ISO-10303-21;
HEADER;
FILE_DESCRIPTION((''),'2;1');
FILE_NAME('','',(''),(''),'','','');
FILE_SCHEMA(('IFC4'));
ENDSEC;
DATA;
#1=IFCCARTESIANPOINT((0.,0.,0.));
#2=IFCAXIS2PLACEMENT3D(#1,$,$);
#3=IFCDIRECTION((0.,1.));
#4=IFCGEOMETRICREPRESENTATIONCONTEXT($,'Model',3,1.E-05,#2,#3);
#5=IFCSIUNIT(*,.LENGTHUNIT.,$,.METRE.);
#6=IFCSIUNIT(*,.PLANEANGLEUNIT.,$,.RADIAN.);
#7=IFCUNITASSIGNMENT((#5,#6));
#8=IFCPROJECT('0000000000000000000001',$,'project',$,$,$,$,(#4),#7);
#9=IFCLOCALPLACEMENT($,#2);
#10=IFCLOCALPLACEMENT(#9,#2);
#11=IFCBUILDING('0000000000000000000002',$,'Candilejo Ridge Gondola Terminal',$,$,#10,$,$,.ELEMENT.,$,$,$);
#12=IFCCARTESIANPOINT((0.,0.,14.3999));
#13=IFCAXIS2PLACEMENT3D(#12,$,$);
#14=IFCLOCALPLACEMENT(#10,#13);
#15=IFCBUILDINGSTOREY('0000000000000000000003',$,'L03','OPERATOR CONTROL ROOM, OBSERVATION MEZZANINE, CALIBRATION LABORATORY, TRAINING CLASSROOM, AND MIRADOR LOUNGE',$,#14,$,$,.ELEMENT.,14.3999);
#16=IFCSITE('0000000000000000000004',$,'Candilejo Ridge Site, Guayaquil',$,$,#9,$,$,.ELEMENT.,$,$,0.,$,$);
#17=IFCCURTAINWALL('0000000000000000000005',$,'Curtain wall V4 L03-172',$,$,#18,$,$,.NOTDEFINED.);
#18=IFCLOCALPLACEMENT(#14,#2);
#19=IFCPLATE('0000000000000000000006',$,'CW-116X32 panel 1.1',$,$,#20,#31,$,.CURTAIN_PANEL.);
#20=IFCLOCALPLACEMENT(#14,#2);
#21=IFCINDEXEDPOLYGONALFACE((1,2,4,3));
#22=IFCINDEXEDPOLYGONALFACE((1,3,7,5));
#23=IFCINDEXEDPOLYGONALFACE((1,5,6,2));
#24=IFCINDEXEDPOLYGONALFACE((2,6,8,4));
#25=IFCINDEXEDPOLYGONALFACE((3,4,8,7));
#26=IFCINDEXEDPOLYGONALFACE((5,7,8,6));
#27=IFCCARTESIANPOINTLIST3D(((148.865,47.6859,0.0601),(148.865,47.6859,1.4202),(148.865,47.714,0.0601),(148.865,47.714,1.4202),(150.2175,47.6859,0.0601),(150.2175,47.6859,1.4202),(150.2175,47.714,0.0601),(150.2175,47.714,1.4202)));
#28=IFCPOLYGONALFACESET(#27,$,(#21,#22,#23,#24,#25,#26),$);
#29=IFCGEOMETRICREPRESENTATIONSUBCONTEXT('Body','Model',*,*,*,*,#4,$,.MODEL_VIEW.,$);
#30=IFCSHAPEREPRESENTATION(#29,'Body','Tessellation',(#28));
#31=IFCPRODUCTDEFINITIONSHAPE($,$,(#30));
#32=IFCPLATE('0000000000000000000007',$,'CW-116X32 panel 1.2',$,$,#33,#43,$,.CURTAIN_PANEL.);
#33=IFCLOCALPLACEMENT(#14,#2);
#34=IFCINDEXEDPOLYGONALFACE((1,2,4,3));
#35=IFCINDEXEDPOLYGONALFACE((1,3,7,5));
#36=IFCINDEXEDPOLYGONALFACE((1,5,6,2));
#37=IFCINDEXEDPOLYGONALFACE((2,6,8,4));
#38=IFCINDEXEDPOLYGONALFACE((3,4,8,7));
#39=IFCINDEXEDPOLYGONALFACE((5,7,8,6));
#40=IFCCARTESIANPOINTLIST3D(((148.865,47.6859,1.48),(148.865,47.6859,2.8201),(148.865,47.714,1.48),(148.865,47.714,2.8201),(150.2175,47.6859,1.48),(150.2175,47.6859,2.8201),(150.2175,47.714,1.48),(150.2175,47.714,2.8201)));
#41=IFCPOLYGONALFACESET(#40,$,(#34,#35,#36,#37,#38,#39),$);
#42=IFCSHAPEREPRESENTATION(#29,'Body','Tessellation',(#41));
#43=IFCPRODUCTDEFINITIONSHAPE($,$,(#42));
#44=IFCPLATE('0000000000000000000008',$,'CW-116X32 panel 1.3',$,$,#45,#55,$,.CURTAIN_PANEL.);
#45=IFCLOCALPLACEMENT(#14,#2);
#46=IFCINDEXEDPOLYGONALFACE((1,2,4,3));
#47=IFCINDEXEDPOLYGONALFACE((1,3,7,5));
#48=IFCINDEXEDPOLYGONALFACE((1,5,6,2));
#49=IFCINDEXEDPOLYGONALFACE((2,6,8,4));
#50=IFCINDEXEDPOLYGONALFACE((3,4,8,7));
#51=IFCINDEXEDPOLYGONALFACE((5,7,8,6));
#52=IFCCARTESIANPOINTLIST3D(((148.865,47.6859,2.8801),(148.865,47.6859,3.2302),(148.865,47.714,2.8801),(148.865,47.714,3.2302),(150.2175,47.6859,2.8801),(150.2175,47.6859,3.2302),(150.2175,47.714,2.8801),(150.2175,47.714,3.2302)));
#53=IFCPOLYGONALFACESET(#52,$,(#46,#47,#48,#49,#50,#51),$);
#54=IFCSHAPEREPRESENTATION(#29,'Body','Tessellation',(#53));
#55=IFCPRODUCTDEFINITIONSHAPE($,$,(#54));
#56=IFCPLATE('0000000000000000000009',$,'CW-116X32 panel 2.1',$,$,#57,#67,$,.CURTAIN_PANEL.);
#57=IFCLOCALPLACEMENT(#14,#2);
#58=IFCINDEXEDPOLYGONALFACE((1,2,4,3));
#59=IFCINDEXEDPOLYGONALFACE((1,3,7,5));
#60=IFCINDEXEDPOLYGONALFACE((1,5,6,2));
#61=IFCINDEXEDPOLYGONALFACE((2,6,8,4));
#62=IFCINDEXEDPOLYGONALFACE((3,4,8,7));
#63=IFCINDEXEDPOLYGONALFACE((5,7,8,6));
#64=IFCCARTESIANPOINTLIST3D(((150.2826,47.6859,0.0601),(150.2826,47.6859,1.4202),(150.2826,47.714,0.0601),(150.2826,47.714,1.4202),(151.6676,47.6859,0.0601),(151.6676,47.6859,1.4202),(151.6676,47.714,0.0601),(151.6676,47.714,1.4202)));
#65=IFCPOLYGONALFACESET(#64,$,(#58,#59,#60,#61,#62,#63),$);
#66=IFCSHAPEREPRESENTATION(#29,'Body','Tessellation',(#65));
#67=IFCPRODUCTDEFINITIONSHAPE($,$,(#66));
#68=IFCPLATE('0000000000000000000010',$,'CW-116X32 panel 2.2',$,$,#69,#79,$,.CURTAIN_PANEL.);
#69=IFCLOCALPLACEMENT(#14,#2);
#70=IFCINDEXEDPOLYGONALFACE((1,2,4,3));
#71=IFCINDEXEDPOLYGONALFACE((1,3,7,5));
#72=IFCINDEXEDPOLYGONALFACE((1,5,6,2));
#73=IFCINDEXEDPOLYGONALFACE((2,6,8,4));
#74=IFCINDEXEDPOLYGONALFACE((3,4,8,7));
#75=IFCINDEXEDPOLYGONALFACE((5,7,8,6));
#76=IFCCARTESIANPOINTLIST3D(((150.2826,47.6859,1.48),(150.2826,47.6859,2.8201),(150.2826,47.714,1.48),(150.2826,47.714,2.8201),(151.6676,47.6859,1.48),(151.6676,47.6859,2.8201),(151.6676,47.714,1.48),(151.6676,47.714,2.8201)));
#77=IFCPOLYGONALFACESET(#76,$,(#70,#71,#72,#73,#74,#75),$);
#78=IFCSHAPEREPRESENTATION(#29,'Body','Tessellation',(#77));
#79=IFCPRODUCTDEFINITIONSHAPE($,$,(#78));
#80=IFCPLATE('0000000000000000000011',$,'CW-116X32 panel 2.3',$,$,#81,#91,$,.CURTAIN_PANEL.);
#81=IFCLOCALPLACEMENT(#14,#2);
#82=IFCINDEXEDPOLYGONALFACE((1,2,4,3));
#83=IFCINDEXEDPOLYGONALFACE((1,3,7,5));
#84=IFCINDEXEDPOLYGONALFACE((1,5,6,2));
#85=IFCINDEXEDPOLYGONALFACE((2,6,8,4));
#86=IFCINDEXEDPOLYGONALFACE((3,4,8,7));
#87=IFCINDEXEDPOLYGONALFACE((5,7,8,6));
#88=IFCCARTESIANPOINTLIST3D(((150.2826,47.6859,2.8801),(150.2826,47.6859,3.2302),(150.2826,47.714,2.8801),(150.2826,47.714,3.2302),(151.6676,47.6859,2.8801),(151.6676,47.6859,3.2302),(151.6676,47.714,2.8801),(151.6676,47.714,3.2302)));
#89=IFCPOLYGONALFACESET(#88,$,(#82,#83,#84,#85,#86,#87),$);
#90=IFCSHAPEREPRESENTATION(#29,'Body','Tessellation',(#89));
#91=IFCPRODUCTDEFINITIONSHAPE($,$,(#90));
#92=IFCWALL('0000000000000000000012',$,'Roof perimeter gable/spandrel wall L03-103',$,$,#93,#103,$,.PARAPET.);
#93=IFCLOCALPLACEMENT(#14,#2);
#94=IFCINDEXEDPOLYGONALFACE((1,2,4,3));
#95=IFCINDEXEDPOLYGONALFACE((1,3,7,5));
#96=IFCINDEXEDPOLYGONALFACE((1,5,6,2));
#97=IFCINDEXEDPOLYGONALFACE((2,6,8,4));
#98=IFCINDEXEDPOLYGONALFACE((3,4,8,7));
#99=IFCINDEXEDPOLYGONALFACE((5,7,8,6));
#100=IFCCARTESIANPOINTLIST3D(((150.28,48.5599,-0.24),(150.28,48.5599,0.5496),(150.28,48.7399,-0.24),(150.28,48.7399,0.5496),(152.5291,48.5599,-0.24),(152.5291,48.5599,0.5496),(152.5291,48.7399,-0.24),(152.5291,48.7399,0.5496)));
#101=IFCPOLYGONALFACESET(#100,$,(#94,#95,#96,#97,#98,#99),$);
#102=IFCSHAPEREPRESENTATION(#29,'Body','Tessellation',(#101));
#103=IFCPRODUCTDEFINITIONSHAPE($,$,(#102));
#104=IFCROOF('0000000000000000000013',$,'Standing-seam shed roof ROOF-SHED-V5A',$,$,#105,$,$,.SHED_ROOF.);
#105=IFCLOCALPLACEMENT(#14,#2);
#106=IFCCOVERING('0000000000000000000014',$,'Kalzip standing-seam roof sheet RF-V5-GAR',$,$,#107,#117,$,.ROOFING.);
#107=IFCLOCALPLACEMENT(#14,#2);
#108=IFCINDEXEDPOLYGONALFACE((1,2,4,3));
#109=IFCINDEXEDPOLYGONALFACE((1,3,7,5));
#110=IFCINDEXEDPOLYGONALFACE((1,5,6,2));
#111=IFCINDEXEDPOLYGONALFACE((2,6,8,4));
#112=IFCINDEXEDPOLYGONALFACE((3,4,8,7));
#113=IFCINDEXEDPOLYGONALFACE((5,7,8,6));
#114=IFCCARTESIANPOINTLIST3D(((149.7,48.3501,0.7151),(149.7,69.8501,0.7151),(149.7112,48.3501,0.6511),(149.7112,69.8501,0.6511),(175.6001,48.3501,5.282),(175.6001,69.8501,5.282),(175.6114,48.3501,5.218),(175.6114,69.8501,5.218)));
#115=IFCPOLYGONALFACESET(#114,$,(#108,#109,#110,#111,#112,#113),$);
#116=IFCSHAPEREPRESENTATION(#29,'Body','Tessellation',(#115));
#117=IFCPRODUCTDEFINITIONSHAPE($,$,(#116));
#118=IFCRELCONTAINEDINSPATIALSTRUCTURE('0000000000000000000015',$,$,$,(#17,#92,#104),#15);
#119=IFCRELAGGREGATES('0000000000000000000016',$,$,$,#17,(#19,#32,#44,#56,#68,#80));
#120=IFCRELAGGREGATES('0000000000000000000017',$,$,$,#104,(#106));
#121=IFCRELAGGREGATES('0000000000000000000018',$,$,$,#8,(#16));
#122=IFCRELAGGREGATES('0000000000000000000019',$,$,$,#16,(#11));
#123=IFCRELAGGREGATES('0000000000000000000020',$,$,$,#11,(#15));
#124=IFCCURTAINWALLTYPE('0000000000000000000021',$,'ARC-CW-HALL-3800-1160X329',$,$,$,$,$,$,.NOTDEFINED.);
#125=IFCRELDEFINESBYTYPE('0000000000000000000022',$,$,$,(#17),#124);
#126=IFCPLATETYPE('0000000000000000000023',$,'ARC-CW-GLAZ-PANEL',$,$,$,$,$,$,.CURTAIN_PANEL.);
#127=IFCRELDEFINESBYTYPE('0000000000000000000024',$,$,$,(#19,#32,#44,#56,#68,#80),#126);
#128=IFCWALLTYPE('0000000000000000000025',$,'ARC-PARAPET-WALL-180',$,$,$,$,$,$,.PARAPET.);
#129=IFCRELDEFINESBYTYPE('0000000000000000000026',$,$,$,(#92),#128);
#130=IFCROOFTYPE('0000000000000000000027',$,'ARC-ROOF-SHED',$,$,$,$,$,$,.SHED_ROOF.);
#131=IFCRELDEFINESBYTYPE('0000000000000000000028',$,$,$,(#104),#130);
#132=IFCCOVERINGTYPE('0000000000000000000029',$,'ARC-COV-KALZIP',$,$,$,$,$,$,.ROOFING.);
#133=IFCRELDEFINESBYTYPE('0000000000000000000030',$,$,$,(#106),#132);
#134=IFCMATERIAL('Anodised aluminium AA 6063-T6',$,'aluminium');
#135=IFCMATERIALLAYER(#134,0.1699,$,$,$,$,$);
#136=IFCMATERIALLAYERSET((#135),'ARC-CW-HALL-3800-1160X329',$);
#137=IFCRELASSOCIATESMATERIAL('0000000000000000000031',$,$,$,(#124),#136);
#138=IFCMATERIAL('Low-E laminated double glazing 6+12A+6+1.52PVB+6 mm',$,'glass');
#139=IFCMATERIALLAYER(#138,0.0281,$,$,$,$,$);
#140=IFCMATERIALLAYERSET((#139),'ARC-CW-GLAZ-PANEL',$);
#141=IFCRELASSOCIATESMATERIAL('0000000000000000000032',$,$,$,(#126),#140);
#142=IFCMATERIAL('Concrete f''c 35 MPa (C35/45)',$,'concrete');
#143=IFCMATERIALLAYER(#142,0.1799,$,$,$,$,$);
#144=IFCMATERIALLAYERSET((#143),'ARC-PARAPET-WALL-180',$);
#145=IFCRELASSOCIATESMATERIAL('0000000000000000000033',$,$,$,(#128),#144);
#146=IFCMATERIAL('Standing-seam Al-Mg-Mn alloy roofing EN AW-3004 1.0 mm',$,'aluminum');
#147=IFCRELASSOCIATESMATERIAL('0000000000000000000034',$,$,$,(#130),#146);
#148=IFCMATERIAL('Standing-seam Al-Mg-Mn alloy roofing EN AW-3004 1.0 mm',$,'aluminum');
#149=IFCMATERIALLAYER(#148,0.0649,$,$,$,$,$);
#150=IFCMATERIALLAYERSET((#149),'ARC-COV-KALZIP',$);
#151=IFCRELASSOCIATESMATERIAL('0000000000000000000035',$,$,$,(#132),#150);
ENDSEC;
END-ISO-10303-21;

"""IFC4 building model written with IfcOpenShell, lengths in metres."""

from ifc_helpers import new_model, si_unit, direction, frame, frame_2d, origin, origin_2d, place, context, subcontext, project, spatial, polyline, rectangle, outline, extrude, material, layer, layer_set, type_object, element, aggregate, save


model = new_model("IFC4")

# Units and contexts
model_context = context("Model", 3, precision=1e-05, world=origin(), true_north=direction((0.0, 1.0)))
body_context = subcontext(model_context, "Body", "Model", "MODEL_VIEW")
ifc_project = project(units=[si_unit("LENGTHUNIT", "METRE"), si_unit("PLANEANGLEUNIT", "RADIAN")], contexts=[model_context])

# Site, building, storey
site_placement = place(None, origin())
site = spatial("IfcSite", under=ifc_project, at=site_placement, Name="Candilejo Ridge Site, Guayaquil", CompositionType="ELEMENT", RefElevation=0.0)
building_placement = place(site_placement, origin())
building = spatial("IfcBuilding", under=site, at=building_placement, Name="Candilejo Ridge Gondola Terminal", CompositionType="ELEMENT")
storey_placement = place(building_placement, frame((0.0, 0.0, 14.3999)))
storey = spatial("IfcBuildingStorey", under=building, at=storey_placement, Name="L03", Description="OPERATOR CONTROL ROOM, OBSERVATION MEZZANINE, CALIBRATION LABORATORY, TRAINING CLASSROOM, AND MIRADOR LOUNGE", CompositionType="ELEMENT", Elevation=14.3999)

# Curtain wall
ifc_material_1 = material(Name="Anodised aluminium AA 6063-T6", Category="aluminium")
ifc_layer_1 = layer(ifc_material_1, 0.1699)
ifc_layer_set_1 = layer_set([ifc_layer_1], Name="ARC-CW-HALL-3800-1160X329")
curtain_wall_type = type_object("IfcCurtainWallType", Name="ARC-CW-HALL-3800-1160X329", PredefinedType="NOTDEFINED", material=ifc_layer_set_1)
curtain_wall_placement = place(storey_placement, origin())
curtain_wall = element("IfcCurtainWall", 1, at=curtain_wall_placement, inside=storey, type_object=curtain_wall_type, Name="Curtain wall V4 L03-172", PredefinedType="NOTDEFINED")

# Plates
ifc_material_2 = material(Name="Low-E laminated double glazing 6+12A+6+1.52PVB+6 mm", Category="glass")
ifc_layer_2 = layer(ifc_material_2, 0.0281)
ifc_layer_set_2 = layer_set([ifc_layer_2], Name="ARC-CW-GLAZ-PANEL")
plate_type = type_object("IfcPlateType", Name="ARC-CW-GLAZ-PANEL", PredefinedType="CURTAIN_PANEL", material=ifc_layer_set_2)
plate_1_placement = place(storey_placement, frame((149.5413, 47.7, 0.0601), z_axis=(0.0, 0.0, 1.0), x_axis=(1.0, 0.0, 0.0)))
plate_1 = element("IfcPlate", 2, at=plate_1_placement, type_object=plate_type, Name="CW-116X32 panel 1.1", PredefinedType="CURTAIN_PANEL", context=body_context, shape_type="SweptSolid", body=[
    extrude(rectangle(XDim=1.3525, YDim=0.0281, at=origin_2d()), origin(), (0.0, 0.0, 1.0), 1.3601),
])
plate_2_placement = place(storey_placement, frame((149.5413, 47.7, 1.48), z_axis=(0.0, 0.0, 1.0), x_axis=(1.0, 0.0, 0.0)))
plate_2 = element("IfcPlate", 3, at=plate_2_placement, type_object=plate_type, Name="CW-116X32 panel 1.2", PredefinedType="CURTAIN_PANEL", context=body_context, shape_type="SweptSolid", body=[
    extrude(rectangle(XDim=1.3525, YDim=0.0281, at=origin_2d()), origin(), (0.0, 0.0, 1.0), 1.3401),
])
plate_3_placement = place(storey_placement, frame((149.5413, 47.7, 2.8801), z_axis=(0.0, 0.0, 1.0), x_axis=(1.0, 0.0, 0.0)))
plate_3 = element("IfcPlate", 4, at=plate_3_placement, type_object=plate_type, Name="CW-116X32 panel 1.3", PredefinedType="CURTAIN_PANEL", context=body_context, shape_type="SweptSolid", body=[
    extrude(rectangle(XDim=1.3525, YDim=0.0281, at=origin_2d()), origin(), (0.0, 0.0, 1.0), 0.3501),
])
plate_4_placement = place(storey_placement, frame((150.9751, 47.7, 0.0601), z_axis=(0.0, 0.0, 1.0), x_axis=(1.0, 0.0, 0.0)))
plate_4 = element("IfcPlate", 5, at=plate_4_placement, type_object=plate_type, Name="CW-116X32 panel 2.1", PredefinedType="CURTAIN_PANEL", context=body_context, shape_type="SweptSolid", body=[
    extrude(rectangle(XDim=1.385, YDim=0.0281, at=origin_2d()), origin(), (0.0, 0.0, 1.0), 1.3601),
])
plate_5_placement = place(storey_placement, frame((150.9751, 47.7, 1.48), z_axis=(0.0, 0.0, 1.0), x_axis=(1.0, 0.0, 0.0)))
plate_5 = element("IfcPlate", 6, at=plate_5_placement, type_object=plate_type, Name="CW-116X32 panel 2.2", PredefinedType="CURTAIN_PANEL", context=body_context, shape_type="SweptSolid", body=[
    extrude(rectangle(XDim=1.385, YDim=0.0281, at=origin_2d()), origin(), (0.0, 0.0, 1.0), 1.3401),
])
plate_6_placement = place(storey_placement, frame((150.9751, 47.7, 2.8801), z_axis=(0.0, 0.0, 1.0), x_axis=(1.0, 0.0, 0.0)))
plate_6 = element("IfcPlate", 7, at=plate_6_placement, type_object=plate_type, Name="CW-116X32 panel 2.3", PredefinedType="CURTAIN_PANEL", context=body_context, shape_type="SweptSolid", body=[
    extrude(rectangle(XDim=1.385, YDim=0.0281, at=origin_2d()), origin(), (0.0, 0.0, 1.0), 0.3501),
])
aggregate(curtain_wall, [plate_1, plate_2, plate_3, plate_4, plate_5, plate_6])

# Wall
ifc_material_3 = material(Name="Concrete f'c 35 MPa (C35/45)", Category="concrete")
ifc_layer_3 = layer(ifc_material_3, 0.1799)
ifc_layer_set_3 = layer_set([ifc_layer_3], Name="ARC-PARAPET-WALL-180")
wall_type = type_object("IfcWallType", Name="ARC-PARAPET-WALL-180", PredefinedType="PARAPET", material=ifc_layer_set_3)
wall_placement = place(storey_placement, frame((150.28, 48.6499, -0.24), z_axis=(0.0, 0.0, 1.0), x_axis=(1.0, 0.0, 0.0)))
element("IfcWall", 8, at=wall_placement, inside=storey, type_object=wall_type, Name="Roof perimeter gable/spandrel wall L03-103", PredefinedType="PARAPET", context=body_context, shape_type="SweptSolid", body=[
    extrude(rectangle(XDim=2.249, YDim=0.1799, at=frame_2d((1.1245, 0.0))), origin(), (0.0, 0.0, 1.0), 0.7896),
])

# Roof, covering
ifc_material_4 = material(Name="Standing-seam Al-Mg-Mn alloy roofing EN AW-3004 1.0 mm", Category="aluminum")
roof_type = type_object("IfcRoofType", Name="ARC-ROOF-SHED", PredefinedType="SHED_ROOF", material=ifc_material_4)
roof_placement = place(storey_placement, origin())
roof = element("IfcRoof", 9, at=roof_placement, inside=storey, type_object=roof_type, Name="Standing-seam shed roof ROOF-SHED-V5A", PredefinedType="SHED_ROOF")
ifc_material_5 = material(Name="Standing-seam Al-Mg-Mn alloy roofing EN AW-3004 1.0 mm", Category="aluminum")
ifc_layer_4 = layer(ifc_material_5, 0.0649)
ifc_layer_set_4 = layer_set([ifc_layer_4], Name="ARC-COV-KALZIP")
covering_type = type_object("IfcCoveringType", Name="ARC-COV-KALZIP", PredefinedType="ROOFING", material=ifc_layer_set_4)
covering_placement = place(storey_placement, frame((149.7, 48.3501, 0.7151), z_axis=(-0.173648, 0.0, 0.984808), x_axis=(0.984808, 0.0, 0.173648)))
covering = element("IfcCovering", 10, at=covering_placement, type_object=covering_type, Name="Kalzip standing-seam roof sheet RF-V5-GAR", PredefinedType="ROOFING", context=body_context, shape_type="SweptSolid", body=[
    extrude(outline(polyline([(0.0, 0.0), (26.2997, 0.0), (26.2997, 21.5), (0.0, 21.5), (0.0, 0.0)])), origin(), (0.0, 0.0, -1.0), 0.0649),
])
aggregate(roof, [covering])

save(model, "model.ifc")
